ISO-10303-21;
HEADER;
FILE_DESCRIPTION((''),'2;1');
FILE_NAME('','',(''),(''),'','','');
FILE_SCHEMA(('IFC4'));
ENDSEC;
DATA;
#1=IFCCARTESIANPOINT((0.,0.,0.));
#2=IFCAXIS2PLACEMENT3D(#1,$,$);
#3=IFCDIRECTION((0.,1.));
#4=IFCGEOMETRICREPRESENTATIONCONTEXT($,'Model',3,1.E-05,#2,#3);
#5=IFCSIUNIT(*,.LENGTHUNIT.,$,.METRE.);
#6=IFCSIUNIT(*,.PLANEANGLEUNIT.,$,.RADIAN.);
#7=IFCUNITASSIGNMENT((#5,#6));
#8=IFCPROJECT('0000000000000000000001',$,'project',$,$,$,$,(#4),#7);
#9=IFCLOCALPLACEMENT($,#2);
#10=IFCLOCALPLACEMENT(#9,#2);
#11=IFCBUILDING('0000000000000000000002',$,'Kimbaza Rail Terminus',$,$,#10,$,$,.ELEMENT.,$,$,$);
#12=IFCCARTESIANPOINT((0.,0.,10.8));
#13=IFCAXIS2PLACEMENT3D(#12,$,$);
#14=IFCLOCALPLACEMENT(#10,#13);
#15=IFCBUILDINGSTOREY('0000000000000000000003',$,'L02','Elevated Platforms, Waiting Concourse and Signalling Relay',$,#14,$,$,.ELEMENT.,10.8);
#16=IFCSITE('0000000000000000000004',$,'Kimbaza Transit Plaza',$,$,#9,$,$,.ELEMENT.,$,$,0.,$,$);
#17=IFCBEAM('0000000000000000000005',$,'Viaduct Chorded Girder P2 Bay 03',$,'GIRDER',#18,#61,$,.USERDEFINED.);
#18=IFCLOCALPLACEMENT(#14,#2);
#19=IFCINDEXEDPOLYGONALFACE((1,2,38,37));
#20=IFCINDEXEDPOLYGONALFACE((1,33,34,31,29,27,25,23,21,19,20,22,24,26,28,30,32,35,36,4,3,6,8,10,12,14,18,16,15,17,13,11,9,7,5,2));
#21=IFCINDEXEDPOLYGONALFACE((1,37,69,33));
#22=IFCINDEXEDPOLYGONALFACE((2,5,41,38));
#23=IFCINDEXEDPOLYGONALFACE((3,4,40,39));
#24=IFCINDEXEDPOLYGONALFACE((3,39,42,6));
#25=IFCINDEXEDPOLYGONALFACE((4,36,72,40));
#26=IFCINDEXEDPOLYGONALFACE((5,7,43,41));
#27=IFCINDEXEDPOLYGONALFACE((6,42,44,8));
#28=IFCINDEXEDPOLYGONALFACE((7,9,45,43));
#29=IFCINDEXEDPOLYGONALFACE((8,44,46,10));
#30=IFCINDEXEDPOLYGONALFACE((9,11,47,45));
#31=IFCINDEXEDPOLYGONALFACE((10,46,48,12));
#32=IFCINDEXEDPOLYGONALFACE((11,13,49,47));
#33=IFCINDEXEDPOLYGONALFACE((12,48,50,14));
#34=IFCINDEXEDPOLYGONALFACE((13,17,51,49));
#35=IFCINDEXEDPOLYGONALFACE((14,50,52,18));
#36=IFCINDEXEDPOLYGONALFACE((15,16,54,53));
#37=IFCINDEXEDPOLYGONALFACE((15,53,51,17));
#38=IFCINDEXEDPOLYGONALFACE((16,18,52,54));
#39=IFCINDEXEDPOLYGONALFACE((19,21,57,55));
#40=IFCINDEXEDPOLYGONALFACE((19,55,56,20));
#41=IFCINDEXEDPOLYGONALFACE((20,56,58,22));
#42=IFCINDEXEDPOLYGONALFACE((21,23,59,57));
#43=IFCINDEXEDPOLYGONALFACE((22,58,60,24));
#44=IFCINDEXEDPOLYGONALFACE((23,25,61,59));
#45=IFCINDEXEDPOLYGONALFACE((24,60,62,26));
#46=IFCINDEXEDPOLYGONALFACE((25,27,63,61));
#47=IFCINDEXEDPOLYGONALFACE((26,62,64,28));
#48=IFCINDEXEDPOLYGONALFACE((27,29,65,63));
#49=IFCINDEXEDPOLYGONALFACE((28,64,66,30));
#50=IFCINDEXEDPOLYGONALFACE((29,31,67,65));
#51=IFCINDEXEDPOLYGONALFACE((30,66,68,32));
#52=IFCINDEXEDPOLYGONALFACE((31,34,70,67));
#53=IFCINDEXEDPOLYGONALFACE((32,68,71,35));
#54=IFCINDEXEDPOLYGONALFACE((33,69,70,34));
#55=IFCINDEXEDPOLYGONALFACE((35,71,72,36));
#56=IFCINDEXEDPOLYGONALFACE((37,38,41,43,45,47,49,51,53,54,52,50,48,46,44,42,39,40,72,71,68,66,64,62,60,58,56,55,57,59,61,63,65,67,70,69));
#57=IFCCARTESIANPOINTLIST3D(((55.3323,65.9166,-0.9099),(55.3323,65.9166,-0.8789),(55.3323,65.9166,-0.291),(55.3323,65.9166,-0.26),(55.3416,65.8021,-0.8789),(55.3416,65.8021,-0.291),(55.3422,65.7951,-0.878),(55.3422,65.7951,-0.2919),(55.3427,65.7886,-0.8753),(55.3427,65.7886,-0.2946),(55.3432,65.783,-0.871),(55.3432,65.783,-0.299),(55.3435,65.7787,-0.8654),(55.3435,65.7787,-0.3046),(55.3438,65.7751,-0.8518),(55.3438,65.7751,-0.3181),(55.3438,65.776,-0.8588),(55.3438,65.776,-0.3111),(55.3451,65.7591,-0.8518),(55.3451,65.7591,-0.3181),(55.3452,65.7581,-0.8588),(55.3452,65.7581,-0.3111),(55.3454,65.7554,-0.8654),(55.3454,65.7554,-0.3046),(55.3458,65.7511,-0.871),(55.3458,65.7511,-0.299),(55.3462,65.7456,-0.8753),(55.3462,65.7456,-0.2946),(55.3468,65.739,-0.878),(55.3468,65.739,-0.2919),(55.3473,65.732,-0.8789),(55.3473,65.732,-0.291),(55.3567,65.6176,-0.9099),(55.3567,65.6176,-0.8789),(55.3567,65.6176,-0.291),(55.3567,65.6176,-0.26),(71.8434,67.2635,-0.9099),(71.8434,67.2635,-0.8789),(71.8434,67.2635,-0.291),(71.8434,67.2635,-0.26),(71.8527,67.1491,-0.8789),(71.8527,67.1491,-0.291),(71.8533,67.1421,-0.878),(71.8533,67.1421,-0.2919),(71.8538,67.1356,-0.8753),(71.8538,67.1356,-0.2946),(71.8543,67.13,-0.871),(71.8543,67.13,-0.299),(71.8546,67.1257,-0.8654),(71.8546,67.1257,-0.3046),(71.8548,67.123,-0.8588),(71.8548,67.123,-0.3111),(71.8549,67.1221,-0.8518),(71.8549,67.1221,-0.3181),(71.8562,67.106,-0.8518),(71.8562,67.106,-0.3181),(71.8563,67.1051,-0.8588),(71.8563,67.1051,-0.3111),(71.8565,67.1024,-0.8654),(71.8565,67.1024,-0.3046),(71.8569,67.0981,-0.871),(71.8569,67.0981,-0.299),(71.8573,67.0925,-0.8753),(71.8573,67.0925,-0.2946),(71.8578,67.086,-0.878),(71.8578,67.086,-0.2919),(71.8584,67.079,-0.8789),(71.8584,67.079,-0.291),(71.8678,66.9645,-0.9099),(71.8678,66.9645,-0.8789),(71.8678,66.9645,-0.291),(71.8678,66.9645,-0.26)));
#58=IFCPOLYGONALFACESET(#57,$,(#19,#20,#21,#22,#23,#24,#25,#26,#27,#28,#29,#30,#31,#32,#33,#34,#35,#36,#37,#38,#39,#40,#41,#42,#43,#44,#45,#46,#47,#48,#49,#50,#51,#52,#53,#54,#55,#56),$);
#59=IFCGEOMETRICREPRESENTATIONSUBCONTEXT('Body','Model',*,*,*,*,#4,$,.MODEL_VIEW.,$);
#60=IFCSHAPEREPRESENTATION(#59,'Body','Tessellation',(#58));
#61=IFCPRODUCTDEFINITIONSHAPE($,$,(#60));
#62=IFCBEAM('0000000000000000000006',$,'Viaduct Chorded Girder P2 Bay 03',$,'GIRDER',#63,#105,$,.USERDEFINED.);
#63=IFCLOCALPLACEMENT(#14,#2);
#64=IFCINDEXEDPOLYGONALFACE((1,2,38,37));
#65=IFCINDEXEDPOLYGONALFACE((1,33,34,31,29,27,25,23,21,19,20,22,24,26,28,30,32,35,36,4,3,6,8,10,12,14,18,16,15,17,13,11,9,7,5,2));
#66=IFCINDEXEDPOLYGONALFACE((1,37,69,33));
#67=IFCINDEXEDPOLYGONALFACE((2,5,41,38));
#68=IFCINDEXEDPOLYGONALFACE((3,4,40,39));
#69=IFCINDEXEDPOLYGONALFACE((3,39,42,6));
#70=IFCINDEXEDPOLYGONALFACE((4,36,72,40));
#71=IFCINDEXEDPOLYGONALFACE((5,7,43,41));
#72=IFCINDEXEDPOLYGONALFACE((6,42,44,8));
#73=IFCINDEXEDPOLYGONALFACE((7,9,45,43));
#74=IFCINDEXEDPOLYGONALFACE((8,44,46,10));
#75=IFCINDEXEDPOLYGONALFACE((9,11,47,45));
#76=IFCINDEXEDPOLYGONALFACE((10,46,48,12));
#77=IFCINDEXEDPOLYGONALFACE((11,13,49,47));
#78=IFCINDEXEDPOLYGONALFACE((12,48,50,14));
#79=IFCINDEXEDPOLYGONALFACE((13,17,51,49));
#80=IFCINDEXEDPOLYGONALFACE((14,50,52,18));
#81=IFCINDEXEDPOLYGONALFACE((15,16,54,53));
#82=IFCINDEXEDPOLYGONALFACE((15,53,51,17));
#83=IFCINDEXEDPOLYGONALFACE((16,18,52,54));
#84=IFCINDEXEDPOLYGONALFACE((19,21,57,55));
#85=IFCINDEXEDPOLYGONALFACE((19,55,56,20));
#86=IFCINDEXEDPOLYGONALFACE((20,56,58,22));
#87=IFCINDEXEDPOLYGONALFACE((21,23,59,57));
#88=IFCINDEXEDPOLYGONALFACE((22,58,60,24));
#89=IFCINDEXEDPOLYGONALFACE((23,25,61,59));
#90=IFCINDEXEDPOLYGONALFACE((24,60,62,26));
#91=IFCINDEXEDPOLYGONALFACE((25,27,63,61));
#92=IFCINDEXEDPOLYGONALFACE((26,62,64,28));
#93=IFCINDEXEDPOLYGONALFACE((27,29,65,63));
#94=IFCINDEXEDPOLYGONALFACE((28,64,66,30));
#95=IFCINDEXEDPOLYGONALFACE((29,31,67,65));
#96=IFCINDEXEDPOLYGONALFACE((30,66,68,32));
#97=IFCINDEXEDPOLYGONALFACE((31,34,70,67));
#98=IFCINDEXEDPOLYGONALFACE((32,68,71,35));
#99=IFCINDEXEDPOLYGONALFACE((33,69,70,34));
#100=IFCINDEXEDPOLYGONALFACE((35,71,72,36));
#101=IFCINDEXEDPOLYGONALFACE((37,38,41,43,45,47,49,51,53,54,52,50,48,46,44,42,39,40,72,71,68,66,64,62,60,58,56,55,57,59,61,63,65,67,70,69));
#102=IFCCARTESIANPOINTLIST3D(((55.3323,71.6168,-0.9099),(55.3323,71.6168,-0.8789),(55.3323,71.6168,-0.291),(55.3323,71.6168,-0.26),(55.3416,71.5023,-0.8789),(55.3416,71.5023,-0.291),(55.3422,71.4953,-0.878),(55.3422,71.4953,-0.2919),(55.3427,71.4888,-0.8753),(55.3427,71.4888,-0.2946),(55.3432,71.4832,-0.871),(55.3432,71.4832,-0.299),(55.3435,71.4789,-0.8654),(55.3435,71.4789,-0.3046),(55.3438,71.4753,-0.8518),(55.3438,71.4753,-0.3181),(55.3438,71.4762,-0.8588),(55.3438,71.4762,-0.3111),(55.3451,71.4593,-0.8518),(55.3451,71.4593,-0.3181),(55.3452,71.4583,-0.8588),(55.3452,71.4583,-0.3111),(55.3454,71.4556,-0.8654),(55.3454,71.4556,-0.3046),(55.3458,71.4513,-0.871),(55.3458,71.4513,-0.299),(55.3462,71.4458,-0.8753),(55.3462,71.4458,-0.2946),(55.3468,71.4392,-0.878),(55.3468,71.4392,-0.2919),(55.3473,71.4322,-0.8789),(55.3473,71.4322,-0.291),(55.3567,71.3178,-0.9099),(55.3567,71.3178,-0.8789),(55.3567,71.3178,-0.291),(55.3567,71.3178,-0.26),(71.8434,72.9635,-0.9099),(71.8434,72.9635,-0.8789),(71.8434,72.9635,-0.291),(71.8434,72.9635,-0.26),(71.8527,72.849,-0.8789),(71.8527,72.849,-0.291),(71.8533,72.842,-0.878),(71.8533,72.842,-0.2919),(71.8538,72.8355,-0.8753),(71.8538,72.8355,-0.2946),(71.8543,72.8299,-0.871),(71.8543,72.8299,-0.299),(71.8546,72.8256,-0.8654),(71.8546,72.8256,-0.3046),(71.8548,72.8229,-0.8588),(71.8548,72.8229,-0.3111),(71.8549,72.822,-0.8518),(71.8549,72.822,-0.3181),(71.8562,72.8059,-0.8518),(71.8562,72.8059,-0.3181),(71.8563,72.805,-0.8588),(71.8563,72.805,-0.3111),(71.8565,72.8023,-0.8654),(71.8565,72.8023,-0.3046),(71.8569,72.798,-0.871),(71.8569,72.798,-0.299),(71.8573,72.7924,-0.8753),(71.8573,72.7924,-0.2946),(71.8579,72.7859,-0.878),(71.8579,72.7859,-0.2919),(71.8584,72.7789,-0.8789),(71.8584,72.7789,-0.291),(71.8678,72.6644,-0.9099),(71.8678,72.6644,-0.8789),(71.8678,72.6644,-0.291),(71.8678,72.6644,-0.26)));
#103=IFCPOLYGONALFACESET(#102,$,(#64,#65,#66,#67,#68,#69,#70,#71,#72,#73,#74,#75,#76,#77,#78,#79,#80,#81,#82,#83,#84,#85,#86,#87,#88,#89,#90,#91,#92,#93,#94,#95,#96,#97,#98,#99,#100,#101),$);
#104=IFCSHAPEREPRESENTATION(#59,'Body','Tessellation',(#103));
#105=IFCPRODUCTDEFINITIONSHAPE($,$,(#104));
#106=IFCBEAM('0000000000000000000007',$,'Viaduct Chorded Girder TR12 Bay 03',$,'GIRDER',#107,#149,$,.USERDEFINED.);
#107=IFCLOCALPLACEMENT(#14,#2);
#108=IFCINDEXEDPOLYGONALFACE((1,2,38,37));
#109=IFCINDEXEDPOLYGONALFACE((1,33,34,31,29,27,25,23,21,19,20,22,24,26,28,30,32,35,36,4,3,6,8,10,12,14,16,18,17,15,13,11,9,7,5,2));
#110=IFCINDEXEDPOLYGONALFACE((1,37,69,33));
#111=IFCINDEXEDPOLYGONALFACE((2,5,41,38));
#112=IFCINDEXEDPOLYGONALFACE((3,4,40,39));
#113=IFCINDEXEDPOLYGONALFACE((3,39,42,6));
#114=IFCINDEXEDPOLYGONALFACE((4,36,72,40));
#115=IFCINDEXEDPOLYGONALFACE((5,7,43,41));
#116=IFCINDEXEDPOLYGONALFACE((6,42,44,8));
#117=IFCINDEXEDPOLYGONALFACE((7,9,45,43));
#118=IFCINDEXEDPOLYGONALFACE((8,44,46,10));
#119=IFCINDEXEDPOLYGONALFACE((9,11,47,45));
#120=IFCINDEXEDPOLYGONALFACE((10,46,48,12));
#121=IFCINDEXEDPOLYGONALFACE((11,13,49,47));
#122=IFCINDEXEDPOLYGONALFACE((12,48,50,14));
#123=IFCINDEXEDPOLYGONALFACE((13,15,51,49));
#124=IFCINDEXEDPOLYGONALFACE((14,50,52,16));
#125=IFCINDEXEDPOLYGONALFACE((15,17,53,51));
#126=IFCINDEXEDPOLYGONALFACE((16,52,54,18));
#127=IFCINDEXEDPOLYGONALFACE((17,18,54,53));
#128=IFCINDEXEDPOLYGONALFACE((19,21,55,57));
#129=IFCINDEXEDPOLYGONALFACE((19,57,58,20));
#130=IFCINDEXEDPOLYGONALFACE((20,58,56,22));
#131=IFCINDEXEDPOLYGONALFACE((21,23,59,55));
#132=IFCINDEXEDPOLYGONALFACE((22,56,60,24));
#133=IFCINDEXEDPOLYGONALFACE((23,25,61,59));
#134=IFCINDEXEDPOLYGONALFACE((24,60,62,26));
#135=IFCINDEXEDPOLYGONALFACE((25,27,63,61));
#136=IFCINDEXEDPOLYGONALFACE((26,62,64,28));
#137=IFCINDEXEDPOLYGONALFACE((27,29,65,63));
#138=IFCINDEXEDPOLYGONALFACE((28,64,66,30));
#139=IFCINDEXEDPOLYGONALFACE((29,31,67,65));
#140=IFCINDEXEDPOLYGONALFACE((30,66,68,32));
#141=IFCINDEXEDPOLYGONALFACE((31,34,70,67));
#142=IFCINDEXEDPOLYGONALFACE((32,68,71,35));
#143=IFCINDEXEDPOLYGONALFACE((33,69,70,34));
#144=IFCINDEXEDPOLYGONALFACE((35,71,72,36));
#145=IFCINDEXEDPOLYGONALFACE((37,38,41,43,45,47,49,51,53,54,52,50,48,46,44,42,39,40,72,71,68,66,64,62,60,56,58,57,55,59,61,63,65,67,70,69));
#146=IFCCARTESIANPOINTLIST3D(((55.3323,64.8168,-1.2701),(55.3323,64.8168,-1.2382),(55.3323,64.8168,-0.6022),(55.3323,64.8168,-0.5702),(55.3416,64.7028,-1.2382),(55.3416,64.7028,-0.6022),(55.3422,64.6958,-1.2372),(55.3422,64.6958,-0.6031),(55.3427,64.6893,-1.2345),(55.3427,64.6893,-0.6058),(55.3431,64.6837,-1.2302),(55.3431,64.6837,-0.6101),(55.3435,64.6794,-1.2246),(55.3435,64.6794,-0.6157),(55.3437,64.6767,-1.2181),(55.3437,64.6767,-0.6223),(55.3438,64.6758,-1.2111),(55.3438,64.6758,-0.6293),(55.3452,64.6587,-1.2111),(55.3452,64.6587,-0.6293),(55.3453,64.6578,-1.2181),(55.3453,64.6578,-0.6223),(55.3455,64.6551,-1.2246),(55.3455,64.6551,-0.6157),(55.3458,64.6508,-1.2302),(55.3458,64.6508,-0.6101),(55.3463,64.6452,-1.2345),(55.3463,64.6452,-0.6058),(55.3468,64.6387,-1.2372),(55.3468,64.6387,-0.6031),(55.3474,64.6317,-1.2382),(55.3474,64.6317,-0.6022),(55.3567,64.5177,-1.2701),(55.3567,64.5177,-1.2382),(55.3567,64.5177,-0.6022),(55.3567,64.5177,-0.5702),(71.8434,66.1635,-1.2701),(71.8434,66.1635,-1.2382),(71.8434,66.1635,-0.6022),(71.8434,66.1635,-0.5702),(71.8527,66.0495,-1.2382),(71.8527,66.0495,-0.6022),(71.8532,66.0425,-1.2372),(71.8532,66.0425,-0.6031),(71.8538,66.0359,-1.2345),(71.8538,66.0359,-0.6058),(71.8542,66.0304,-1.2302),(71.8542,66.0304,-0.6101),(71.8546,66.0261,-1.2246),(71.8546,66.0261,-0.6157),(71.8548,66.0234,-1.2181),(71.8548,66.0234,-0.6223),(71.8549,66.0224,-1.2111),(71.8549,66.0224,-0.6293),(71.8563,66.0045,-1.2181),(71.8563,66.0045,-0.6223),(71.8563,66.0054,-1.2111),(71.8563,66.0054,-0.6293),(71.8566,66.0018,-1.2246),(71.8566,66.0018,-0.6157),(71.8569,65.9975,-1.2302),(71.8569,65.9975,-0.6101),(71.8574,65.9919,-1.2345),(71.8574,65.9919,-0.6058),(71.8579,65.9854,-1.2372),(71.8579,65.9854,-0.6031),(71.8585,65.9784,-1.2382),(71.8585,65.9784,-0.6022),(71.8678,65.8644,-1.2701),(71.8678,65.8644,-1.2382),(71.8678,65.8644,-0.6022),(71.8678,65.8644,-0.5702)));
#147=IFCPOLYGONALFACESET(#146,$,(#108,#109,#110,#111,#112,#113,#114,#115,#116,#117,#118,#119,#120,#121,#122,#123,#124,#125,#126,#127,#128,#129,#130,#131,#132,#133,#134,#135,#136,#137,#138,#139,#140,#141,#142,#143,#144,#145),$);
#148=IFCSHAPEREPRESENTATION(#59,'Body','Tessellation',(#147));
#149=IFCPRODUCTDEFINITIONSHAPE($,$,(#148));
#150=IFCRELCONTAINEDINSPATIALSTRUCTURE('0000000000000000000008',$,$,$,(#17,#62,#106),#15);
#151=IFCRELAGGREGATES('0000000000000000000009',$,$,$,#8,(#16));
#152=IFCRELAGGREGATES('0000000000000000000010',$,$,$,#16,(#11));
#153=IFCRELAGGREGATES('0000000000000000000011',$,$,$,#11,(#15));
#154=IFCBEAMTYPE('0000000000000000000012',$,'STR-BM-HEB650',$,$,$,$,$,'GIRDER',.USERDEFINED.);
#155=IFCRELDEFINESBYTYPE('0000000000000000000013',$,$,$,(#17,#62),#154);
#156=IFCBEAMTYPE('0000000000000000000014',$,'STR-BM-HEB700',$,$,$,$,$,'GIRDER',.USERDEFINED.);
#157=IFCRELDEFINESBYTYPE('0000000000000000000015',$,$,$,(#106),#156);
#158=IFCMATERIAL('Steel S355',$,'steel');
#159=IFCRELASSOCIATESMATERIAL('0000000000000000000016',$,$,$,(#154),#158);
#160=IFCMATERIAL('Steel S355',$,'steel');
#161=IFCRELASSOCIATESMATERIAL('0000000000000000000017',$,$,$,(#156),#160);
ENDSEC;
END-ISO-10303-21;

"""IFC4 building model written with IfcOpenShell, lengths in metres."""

from ifc_helpers import new_model, si_unit, direction, frame, origin, origin_2d, place, context, subcontext, project, spatial, i_section, extrude, material, material_profile, profile_set, type_object, element, save


model = new_model("IFC4")

# Units and contexts
model_context = context("Model", 3, precision=1e-05, world=origin(), true_north=direction((0.0, 1.0)))
body_context = subcontext(model_context, "Body", "Model", "MODEL_VIEW")
ifc_project = project(units=[si_unit("LENGTHUNIT", "METRE"), si_unit("PLANEANGLEUNIT", "RADIAN")], contexts=[model_context])

# Site, building, storey
site_placement = place(None, origin())
site = spatial("IfcSite", under=ifc_project, at=site_placement, Name="Kimbaza Transit Plaza", CompositionType="ELEMENT", RefElevation=0.0)
building_placement = place(site_placement, origin())
building = spatial("IfcBuilding", under=site, at=building_placement, Name="Kimbaza Rail Terminus", CompositionType="ELEMENT")
storey_placement = place(building_placement, frame((0.0, 0.0, 10.8)))
storey = spatial("IfcBuildingStorey", under=building, at=storey_placement, Name="L02", Description="Elevated Platforms, Waiting Concourse and Signalling Relay", CompositionType="ELEMENT", Elevation=10.8)

# Beams
ifc_material_1 = material(Name="Steel S355", Category="steel")
ifc_material_profile_1 = material_profile(ifc_material_1, i_section(OverallWidth=0.3, OverallDepth=0.6499, WebThickness=0.0161, FlangeThickness=0.031, FilletRadius=0.0271, at=origin_2d()), Name="HEB 650")
ifc_profile_set_1 = profile_set([ifc_material_profile_1], Name="Steel S355")
beam_type_1 = type_object("IfcBeamType", Name="STR-BM-HEB650", ElementType="GIRDER", PredefinedType="USERDEFINED", material=ifc_profile_set_1)
for number, where, z_axis, x_axis, name in (
    (1, (55.3445, 65.7671, -0.585), (0.996689, 0.081307, 0.0), (-0.081307, 0.996689, 0.0), "Viaduct Chorded Girder P2 Bay 03"),
    (2, (55.3445, 71.4673, -0.585), (0.99669, 0.081293, 0.0), (-0.081293, 0.99669, 0.0), "Viaduct Chorded Girder P2 Bay 03"),
):
    element("IfcBeam", number, at=place(storey_placement, frame(where, z_axis=z_axis, x_axis=x_axis)), inside=storey, type_object=beam_type_1, Name=name, ObjectType="GIRDER", PredefinedType="USERDEFINED", context=body_context, shape_type="SweptSolid", body=[
        extrude(i_section(OverallWidth=0.3, OverallDepth=0.6499, WebThickness=0.0161, FlangeThickness=0.031, FilletRadius=0.0271, at=origin_2d()), origin(), (0.0, 0.0, 1.0), 16.5659),
    ])
ifc_material_2 = material(Name="Steel S355", Category="steel")
ifc_material_profile_2 = material_profile(ifc_material_2, i_section(OverallWidth=0.3, OverallDepth=0.7, WebThickness=0.0171, FlangeThickness=0.032, FilletRadius=0.0271, at=origin_2d()), Name="HEB 700")
ifc_profile_set_2 = profile_set([ifc_material_profile_2], Name="Steel S355")
beam_type_2 = type_object("IfcBeamType", Name="STR-BM-HEB700", ElementType="GIRDER", PredefinedType="USERDEFINED", material=ifc_profile_set_2)
beam_placement = place(storey_placement, frame((55.3445, 64.6672, -0.9202), z_axis=(0.99669, 0.081293, 0.0), x_axis=(-0.081293, 0.99669, 0.0)))
element("IfcBeam", 3, at=beam_placement, inside=storey, type_object=beam_type_2, Name="Viaduct Chorded Girder TR12 Bay 03", ObjectType="GIRDER", PredefinedType="USERDEFINED", context=body_context, shape_type="SweptSolid", body=[
    extrude(i_section(OverallWidth=0.3, OverallDepth=0.7, WebThickness=0.0171, FlangeThickness=0.032, FilletRadius=0.0271, at=origin_2d()), origin(), (0.0, 0.0, 1.0), 16.5659),
])

save(model, "model.ifc")
